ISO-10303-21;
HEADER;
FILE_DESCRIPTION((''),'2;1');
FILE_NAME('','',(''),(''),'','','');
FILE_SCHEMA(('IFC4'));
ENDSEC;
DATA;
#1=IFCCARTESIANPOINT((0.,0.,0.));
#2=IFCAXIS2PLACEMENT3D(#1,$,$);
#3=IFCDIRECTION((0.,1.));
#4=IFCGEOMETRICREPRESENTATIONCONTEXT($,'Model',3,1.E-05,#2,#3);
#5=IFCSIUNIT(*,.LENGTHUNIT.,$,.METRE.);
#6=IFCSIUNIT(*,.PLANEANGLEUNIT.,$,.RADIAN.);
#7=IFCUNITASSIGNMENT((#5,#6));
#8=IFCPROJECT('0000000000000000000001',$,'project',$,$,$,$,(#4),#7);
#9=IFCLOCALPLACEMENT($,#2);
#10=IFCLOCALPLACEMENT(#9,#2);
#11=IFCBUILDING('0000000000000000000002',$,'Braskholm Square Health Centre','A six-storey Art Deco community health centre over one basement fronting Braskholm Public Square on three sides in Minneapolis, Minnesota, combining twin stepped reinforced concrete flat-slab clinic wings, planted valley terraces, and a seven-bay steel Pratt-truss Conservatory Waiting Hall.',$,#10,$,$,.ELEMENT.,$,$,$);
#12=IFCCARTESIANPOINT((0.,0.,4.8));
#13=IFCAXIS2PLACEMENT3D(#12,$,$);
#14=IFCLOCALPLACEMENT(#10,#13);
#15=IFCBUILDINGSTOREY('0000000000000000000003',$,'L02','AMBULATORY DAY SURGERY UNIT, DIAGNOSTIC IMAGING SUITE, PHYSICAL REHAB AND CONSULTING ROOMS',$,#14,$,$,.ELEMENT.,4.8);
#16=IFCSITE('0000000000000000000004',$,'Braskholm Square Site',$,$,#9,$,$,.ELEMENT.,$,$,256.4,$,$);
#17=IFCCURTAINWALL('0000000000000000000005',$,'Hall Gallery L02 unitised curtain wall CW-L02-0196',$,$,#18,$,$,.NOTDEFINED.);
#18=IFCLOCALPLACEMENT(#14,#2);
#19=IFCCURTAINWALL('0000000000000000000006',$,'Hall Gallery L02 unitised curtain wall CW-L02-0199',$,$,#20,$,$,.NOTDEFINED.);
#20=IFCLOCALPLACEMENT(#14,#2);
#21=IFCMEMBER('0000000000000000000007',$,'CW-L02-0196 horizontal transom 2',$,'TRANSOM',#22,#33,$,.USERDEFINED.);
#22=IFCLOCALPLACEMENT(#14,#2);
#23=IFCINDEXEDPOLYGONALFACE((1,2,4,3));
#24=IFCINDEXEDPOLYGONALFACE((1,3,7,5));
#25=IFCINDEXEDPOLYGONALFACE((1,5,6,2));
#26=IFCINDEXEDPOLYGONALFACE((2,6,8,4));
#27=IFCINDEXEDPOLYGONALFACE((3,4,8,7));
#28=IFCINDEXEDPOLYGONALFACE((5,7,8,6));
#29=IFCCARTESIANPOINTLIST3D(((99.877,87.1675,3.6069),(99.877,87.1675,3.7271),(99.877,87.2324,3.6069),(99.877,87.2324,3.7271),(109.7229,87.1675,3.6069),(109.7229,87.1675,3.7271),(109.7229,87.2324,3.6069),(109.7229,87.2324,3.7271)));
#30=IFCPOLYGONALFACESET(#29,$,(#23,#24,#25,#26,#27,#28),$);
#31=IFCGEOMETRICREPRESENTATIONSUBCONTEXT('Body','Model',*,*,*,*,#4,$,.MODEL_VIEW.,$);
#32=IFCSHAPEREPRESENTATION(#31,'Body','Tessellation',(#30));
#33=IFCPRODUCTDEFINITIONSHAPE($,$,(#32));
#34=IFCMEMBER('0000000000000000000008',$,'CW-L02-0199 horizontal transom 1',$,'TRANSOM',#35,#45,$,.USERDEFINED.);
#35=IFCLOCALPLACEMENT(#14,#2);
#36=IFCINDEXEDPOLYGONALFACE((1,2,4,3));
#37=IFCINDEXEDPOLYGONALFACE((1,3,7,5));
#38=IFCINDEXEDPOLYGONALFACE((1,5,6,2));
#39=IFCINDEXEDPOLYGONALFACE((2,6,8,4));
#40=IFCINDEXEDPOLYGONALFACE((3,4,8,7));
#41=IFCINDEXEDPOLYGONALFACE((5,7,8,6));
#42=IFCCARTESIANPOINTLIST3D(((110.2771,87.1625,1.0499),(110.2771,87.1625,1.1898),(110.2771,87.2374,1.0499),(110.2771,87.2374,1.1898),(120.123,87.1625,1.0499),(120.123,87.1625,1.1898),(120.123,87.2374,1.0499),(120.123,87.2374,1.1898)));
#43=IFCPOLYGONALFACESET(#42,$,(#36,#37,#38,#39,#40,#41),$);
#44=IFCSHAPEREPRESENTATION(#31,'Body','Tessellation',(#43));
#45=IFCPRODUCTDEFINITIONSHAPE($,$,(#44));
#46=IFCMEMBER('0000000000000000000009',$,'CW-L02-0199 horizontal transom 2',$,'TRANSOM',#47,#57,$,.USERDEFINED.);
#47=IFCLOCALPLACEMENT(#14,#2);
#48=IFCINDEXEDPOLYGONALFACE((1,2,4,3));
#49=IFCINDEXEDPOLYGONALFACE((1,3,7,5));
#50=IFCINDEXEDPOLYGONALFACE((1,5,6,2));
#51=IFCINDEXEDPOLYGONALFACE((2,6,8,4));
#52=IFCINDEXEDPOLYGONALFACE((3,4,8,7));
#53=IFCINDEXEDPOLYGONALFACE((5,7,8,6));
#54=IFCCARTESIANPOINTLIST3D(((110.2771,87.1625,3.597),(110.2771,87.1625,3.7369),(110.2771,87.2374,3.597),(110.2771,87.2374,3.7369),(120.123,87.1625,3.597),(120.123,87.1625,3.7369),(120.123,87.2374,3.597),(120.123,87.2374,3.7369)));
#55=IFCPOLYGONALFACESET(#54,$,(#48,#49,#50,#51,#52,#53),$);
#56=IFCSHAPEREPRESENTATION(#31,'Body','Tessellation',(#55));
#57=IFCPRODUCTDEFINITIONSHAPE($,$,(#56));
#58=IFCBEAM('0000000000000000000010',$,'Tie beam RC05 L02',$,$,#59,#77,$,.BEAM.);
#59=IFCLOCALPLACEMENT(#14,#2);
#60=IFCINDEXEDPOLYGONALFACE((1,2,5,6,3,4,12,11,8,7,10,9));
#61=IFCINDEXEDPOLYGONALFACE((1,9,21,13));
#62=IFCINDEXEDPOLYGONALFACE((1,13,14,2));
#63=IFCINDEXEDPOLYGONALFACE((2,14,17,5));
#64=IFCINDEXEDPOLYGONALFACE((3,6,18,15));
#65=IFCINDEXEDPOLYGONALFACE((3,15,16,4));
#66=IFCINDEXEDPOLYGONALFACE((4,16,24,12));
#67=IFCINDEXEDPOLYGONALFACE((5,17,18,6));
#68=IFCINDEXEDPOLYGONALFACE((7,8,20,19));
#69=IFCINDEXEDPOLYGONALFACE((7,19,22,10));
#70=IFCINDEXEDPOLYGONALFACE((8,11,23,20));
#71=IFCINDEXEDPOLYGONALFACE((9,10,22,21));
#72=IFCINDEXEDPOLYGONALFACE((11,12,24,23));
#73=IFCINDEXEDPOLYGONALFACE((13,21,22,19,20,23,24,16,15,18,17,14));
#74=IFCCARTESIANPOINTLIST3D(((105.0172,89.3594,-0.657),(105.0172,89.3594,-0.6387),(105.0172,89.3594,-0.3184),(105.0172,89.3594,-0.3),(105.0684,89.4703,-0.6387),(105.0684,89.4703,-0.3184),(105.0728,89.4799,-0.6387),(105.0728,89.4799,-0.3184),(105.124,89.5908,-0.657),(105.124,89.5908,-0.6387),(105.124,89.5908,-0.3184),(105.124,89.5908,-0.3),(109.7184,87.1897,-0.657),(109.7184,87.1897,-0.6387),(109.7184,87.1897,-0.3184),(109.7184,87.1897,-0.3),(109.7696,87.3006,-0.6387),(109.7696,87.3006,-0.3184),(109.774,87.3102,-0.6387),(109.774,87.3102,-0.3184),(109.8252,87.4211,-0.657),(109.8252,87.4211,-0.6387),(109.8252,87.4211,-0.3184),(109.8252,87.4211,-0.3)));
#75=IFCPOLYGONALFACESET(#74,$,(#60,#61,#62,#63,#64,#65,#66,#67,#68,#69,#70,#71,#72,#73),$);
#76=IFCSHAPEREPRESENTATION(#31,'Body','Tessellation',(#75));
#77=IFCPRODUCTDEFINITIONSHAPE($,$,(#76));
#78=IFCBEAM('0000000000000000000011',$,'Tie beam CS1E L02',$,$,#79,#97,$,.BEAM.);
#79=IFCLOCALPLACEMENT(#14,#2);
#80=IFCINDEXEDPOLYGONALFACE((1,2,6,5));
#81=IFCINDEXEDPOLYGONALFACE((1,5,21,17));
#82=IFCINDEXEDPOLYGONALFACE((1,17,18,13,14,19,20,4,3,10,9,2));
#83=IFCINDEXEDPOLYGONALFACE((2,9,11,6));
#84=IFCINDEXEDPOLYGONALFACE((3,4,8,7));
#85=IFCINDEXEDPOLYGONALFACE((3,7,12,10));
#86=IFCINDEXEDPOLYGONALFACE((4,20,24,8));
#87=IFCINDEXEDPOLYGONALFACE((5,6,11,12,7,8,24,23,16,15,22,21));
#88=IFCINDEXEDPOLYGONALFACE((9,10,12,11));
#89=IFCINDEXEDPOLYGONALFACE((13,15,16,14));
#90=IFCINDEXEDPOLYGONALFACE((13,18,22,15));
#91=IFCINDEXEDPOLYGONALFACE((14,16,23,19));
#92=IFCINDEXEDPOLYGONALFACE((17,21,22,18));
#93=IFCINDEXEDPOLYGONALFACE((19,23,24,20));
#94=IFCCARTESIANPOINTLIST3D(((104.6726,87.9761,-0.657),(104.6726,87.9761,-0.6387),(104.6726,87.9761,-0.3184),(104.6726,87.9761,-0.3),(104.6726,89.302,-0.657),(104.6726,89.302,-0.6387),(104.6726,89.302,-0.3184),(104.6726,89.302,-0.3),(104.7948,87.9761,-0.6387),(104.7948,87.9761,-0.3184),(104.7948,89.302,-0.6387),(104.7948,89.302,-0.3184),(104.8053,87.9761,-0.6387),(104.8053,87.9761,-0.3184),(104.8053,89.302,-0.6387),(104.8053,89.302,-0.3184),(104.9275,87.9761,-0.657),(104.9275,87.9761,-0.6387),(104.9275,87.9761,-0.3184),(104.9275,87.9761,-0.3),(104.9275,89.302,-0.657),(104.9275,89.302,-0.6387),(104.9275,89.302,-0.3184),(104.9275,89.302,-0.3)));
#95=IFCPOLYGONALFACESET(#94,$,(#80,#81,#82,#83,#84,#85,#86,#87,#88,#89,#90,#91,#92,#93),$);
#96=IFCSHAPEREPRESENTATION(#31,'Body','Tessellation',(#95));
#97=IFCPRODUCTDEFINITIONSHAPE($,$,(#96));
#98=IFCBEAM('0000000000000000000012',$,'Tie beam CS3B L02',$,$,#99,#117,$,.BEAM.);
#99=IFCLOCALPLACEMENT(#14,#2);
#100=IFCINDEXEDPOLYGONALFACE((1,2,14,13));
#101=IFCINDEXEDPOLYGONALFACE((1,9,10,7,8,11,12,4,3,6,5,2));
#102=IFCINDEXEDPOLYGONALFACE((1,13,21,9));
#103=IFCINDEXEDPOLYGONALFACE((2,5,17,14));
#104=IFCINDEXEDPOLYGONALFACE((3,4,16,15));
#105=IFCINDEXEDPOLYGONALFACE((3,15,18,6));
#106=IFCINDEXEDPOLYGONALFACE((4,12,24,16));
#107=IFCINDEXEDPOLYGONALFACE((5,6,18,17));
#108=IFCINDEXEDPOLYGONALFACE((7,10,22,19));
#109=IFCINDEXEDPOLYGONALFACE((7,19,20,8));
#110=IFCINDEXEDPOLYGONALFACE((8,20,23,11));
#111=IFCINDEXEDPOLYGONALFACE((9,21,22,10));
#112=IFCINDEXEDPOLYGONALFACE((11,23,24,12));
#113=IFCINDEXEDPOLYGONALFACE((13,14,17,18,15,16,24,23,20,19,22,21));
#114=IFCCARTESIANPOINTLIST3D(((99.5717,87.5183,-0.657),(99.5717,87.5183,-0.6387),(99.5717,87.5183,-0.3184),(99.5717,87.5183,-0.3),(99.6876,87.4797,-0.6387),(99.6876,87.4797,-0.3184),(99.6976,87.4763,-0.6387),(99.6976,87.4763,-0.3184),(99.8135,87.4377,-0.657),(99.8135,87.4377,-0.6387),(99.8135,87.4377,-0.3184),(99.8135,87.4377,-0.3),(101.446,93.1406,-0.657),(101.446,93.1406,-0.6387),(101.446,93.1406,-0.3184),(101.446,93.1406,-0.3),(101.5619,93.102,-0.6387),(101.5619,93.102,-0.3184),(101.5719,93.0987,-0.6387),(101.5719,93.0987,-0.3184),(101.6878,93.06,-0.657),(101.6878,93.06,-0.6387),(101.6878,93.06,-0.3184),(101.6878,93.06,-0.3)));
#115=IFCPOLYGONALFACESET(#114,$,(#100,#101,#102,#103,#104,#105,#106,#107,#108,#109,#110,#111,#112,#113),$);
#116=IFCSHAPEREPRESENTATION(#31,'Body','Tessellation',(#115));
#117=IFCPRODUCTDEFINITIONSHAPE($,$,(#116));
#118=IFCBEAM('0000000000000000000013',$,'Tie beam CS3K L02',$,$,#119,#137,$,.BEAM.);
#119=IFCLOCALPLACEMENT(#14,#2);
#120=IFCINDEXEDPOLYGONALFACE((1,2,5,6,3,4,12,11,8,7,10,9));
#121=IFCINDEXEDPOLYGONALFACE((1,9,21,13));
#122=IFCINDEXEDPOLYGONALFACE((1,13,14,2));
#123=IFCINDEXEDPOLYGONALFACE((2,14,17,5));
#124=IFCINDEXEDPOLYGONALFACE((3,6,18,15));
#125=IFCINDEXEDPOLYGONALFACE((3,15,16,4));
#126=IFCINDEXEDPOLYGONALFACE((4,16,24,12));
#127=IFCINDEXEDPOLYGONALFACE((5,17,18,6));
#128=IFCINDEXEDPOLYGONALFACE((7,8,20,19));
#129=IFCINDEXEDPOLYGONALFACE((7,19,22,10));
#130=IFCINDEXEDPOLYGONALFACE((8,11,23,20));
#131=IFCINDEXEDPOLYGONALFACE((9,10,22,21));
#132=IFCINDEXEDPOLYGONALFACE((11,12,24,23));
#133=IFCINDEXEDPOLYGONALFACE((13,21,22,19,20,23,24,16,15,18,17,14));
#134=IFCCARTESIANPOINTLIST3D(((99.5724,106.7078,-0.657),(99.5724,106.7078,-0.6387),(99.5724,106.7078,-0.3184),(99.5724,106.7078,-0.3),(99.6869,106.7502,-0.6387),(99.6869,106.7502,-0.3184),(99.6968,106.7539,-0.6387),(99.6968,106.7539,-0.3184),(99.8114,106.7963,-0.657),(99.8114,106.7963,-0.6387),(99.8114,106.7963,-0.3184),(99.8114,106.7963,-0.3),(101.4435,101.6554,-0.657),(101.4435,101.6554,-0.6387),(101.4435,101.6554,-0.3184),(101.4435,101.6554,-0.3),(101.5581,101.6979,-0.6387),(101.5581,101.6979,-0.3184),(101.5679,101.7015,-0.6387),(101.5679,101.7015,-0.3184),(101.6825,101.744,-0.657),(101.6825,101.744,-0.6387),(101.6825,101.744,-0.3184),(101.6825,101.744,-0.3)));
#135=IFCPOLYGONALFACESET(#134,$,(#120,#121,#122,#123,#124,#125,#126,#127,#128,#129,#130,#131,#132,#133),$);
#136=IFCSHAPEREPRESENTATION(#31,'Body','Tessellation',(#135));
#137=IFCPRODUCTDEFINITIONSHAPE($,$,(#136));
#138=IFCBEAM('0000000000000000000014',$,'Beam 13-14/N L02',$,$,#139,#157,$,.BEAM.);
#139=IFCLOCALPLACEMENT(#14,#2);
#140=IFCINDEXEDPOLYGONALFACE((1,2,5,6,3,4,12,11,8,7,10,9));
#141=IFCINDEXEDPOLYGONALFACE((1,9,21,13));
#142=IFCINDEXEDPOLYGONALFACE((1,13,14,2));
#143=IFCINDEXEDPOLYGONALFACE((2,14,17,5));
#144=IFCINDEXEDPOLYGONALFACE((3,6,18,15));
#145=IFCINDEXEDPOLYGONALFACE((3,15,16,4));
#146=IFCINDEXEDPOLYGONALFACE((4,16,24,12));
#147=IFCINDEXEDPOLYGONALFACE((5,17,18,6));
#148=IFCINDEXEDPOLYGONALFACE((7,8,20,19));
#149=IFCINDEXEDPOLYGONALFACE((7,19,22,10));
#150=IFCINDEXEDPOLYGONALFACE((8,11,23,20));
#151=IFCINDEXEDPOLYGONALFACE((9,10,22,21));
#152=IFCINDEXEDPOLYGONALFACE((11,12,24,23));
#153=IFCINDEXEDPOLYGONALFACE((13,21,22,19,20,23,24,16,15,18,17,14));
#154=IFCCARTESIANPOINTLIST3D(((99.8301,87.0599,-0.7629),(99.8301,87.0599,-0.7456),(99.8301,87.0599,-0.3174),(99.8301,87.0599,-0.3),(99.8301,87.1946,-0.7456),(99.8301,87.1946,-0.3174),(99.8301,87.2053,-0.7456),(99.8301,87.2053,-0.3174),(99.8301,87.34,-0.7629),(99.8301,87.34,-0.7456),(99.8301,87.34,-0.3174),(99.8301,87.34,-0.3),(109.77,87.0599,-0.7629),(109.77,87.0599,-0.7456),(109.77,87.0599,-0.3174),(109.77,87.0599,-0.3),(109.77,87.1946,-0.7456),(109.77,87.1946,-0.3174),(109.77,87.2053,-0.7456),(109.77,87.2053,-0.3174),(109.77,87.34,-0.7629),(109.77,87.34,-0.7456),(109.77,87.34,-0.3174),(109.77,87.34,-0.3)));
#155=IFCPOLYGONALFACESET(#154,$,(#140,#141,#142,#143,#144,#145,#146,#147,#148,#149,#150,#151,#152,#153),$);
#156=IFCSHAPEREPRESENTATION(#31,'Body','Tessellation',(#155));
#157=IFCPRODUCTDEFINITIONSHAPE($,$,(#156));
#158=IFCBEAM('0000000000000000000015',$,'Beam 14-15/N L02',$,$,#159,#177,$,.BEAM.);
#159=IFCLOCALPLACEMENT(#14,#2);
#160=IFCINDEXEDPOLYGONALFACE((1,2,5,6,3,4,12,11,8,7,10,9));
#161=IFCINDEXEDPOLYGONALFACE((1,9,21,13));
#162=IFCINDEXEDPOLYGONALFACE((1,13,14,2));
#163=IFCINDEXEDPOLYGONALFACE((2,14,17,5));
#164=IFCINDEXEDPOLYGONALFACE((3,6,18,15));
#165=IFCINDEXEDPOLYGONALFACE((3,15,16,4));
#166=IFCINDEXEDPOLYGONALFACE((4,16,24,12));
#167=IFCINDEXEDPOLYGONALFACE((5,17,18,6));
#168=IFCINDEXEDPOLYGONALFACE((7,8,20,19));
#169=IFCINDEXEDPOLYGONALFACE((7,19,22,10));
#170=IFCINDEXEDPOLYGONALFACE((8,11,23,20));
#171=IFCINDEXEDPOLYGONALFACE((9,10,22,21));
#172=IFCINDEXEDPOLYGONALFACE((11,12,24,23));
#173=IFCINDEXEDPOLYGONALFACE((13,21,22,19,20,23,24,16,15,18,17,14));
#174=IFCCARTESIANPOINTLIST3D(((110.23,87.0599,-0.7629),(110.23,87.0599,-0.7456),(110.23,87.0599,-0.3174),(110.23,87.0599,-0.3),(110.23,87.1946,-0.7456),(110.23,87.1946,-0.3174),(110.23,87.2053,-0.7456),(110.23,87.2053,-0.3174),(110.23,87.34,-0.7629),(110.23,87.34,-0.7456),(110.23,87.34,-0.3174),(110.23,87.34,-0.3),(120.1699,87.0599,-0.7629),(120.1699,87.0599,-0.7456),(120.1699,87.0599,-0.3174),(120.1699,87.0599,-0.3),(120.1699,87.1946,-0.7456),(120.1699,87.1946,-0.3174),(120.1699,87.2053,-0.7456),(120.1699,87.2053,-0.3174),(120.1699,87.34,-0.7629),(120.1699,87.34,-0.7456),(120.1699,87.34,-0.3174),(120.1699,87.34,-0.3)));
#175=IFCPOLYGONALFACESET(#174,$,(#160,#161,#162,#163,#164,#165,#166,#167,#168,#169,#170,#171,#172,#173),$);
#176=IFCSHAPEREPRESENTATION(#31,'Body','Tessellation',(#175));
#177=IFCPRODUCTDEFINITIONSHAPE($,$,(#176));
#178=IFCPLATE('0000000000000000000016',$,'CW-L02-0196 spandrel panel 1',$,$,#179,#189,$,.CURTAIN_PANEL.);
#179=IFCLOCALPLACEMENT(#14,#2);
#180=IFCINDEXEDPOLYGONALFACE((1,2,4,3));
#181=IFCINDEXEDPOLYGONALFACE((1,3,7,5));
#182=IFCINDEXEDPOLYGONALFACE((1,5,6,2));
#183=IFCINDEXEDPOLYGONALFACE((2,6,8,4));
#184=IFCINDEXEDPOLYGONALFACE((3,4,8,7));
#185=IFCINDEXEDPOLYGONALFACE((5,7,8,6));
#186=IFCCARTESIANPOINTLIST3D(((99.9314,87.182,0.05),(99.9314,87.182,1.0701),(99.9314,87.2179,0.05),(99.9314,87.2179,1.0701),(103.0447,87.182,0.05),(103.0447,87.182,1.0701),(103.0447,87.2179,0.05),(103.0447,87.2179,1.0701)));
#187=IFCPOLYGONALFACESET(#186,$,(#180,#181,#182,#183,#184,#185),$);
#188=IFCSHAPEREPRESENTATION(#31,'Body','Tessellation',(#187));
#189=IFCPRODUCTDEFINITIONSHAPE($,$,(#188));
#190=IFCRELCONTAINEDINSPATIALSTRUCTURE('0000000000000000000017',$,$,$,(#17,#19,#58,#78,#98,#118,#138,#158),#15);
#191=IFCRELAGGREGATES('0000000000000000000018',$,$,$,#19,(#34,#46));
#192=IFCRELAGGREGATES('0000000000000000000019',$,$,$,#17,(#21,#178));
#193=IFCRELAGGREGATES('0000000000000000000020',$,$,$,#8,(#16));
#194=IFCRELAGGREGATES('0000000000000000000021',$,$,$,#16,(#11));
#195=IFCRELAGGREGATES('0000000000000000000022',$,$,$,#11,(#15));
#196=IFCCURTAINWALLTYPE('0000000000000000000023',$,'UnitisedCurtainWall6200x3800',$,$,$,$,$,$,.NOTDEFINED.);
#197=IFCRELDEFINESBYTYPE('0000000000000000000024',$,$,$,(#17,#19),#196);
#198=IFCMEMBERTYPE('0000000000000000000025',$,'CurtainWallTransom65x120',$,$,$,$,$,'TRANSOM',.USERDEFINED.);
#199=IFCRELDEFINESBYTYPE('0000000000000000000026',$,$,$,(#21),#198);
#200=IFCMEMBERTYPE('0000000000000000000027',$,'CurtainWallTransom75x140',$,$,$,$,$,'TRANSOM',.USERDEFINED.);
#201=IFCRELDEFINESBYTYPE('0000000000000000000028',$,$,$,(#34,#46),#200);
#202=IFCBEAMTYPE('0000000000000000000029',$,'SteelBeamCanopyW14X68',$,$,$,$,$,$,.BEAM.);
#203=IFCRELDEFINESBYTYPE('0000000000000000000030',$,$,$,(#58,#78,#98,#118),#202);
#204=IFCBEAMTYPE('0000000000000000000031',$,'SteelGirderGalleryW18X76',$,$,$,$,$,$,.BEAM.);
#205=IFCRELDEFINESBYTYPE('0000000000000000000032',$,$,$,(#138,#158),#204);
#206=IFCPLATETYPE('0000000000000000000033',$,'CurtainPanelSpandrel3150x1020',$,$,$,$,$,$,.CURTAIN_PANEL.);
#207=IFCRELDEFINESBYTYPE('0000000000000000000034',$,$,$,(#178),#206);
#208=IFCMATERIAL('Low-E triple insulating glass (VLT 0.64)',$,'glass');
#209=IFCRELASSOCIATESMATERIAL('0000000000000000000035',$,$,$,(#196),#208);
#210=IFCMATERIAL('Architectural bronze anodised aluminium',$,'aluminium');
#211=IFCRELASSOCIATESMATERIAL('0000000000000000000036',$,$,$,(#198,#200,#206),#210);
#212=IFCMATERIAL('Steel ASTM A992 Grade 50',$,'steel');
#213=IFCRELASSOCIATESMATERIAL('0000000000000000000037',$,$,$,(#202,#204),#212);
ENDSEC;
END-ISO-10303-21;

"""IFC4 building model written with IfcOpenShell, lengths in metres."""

from ifc_helpers import new_model, si_unit, direction, frame, origin, origin_2d, place, context, subcontext, project, spatial, rectangle, i_section, extrude, material, material_profile, profile_set, type_object, element, aggregate, save


model = new_model("IFC4")

# Units and contexts
model_context = context("Model", 3, precision=1e-05, world=origin(), true_north=direction((0.0, 1.0)))
body_context = subcontext(model_context, "Body", "Model", "MODEL_VIEW")
ifc_project = project(units=[si_unit("LENGTHUNIT", "METRE"), si_unit("PLANEANGLEUNIT", "RADIAN")], contexts=[model_context])

# Site, building, storey
site_placement = place(None, origin())
site = spatial("IfcSite", under=ifc_project, at=site_placement, Name="Braskholm Square Site", CompositionType="ELEMENT", RefElevation=256.4)
building_placement = place(site_placement, origin())
building = spatial("IfcBuilding", under=site, at=building_placement, Name="Braskholm Square Health Centre", Description="A six-storey Art Deco community health centre over one basement fronting Braskholm Public Square on three sides in Minneapolis, Minnesota, combining twin stepped reinforced concrete flat-slab clinic wings, planted valley terraces, and a seven-bay steel Pratt-truss Conservatory Waiting Hall.", CompositionType="ELEMENT")
storey_placement = place(building_placement, frame((0.0, 0.0, 4.8)))
storey = spatial("IfcBuildingStorey", under=building, at=storey_placement, Name="L02", Description="AMBULATORY DAY SURGERY UNIT, DIAGNOSTIC IMAGING SUITE, PHYSICAL REHAB AND CONSULTING ROOMS", CompositionType="ELEMENT", Elevation=4.8)

# Shared definitions
ifc_material_1 = material(Name="Steel ASTM A992 Grade 50", Category="steel")

# Curtain wall
ifc_material_2 = material(Name="Low-E triple insulating glass (VLT 0.64)", Category="glass")
curtain_wall_type = type_object("IfcCurtainWallType", Name="UnitisedCurtainWall6200x3800", PredefinedType="NOTDEFINED", material=ifc_material_2)
curtain_wall_1_placement = place(storey_placement, origin())
curtain_wall_1 = element("IfcCurtainWall", 1, at=curtain_wall_1_placement, inside=storey, type_object=curtain_wall_type, Name="Hall Gallery L02 unitised curtain wall CW-L02-0196", PredefinedType="NOTDEFINED")
ifc_material_3 = material(Name="Architectural bronze anodised aluminium", Category="aluminium")

# Curtain wall
curtain_wall_2_placement = place(storey_placement, origin())
curtain_wall_2 = element("IfcCurtainWall", 2, at=curtain_wall_2_placement, inside=storey, type_object=curtain_wall_type, Name="Hall Gallery L02 unitised curtain wall CW-L02-0199", PredefinedType="NOTDEFINED")

# Members
ifc_material_profile_1 = material_profile(ifc_material_3, rectangle(XDim=0.0649, YDim=0.1201, at=origin_2d()), Name="ALU-65X120")
ifc_profile_set_1 = profile_set([ifc_material_profile_1], Name="Architectural bronze anodised aluminium")
member_type_1 = type_object("IfcMemberType", Name="CurtainWallTransom65x120", ElementType="TRANSOM", PredefinedType="USERDEFINED", material=ifc_profile_set_1)
member_1_placement = place(storey_placement, frame((99.877, 87.2, 3.667), z_axis=(1.0, 0.0, 0.0), x_axis=(0.0, 1.0, 0.0)))
member_1 = element("IfcMember", 3, at=member_1_placement, type_object=member_type_1, Name="CW-L02-0196 horizontal transom 2", ObjectType="TRANSOM", PredefinedType="USERDEFINED", context=body_context, shape_type="SweptSolid", body=[
    extrude(rectangle(XDim=0.0649, YDim=0.1201, at=origin_2d()), origin(), (0.0, 0.0, 1.0), 9.8459),
])
ifc_material_profile_2 = material_profile(ifc_material_3, rectangle(XDim=0.075, YDim=0.1399, at=origin_2d()), Name="ALU-75X140")
ifc_profile_set_2 = profile_set([ifc_material_profile_2], Name="Architectural bronze anodised aluminium")
member_type_2 = type_object("IfcMemberType", Name="CurtainWallTransom75x140", ElementType="TRANSOM", PredefinedType="USERDEFINED", material=ifc_profile_set_2)
member_2_placement = place(storey_placement, frame((110.2771, 87.2, 1.1199), z_axis=(1.0, 0.0, 0.0), x_axis=(0.0, 1.0, 0.0)))
member_2 = element("IfcMember", 4, at=member_2_placement, type_object=member_type_2, Name="CW-L02-0199 horizontal transom 1", ObjectType="TRANSOM", PredefinedType="USERDEFINED", context=body_context, shape_type="SweptSolid", body=[
    extrude(rectangle(XDim=0.075, YDim=0.1399, at=origin_2d()), origin(), (0.0, 0.0, 1.0), 9.8459),
])
member_3_placement = place(storey_placement, frame((110.2771, 87.2, 3.667), z_axis=(1.0, 0.0, 0.0), x_axis=(0.0, 1.0, 0.0)))
member_3 = element("IfcMember", 5, at=member_3_placement, type_object=member_type_2, Name="CW-L02-0199 horizontal transom 2", ObjectType="TRANSOM", PredefinedType="USERDEFINED", context=body_context, shape_type="SweptSolid", body=[
    extrude(rectangle(XDim=0.075, YDim=0.1399, at=origin_2d()), origin(), (0.0, 0.0, 1.0), 9.8459),
])

# Beams
ifc_material_profile_3 = material_profile(ifc_material_1, i_section(OverallWidth=0.2549, OverallDepth=0.3569, WebThickness=0.0105, FlangeThickness=0.0183, at=origin_2d()), Name="W14X68")
ifc_profile_set_3 = profile_set([ifc_material_profile_3], Name="Steel ASTM A992 Grade 50")
beam_type_1 = type_object("IfcBeamType", Name="SteelBeamCanopyW14X68", PredefinedType="BEAM", material=ifc_profile_set_3)
beam_1_placement = place(storey_placement, frame((105.0706, 89.4751, -0.4785), z_axis=(0.907966, -0.419043, 0.0), x_axis=(0.419043, 0.907966, 0.0)))
element("IfcBeam", 6, at=beam_1_placement, inside=storey, type_object=beam_type_1, Name="Tie beam RC05 L02", PredefinedType="BEAM", context=body_context, shape_type="SweptSolid", body=[
    extrude(i_section(OverallWidth=0.2549, OverallDepth=0.3569, WebThickness=0.0105, FlangeThickness=0.0183, at=origin_2d()), origin(), (0.0, 0.0, 1.0), 5.1777),
])
beam_2_placement = place(storey_placement, frame((104.8, 87.9761, -0.4785), z_axis=(0.0, 1.0, 0.0), x_axis=(-1.0, 0.0, 0.0)))
element("IfcBeam", 7, at=beam_2_placement, inside=storey, type_object=beam_type_1, Name="Tie beam CS1E L02", PredefinedType="BEAM", context=body_context, shape_type="SweptSolid", body=[
    extrude(i_section(OverallWidth=0.2549, OverallDepth=0.3569, WebThickness=0.0105, FlangeThickness=0.0183, at=origin_2d()), origin(), (0.0, 0.0, 1.0), 1.3259),
])
beam_3_placement = place(storey_placement, frame((101.5669, 93.1003, -0.4785), z_axis=(-0.316252, -0.948675, 0.0), x_axis=(0.948675, -0.316252, 0.0)))
element("IfcBeam", 8, at=beam_3_placement, inside=storey, type_object=beam_type_1, Name="Tie beam CS3B L02", PredefinedType="BEAM", context=body_context, shape_type="SweptSolid", body=[
    extrude(i_section(OverallWidth=0.2549, OverallDepth=0.3569, WebThickness=0.0105, FlangeThickness=0.0183, at=origin_2d()), origin(), (0.0, 0.0, 1.0), 5.9265),
])
beam_4_placement = place(storey_placement, frame((101.563, 101.6997, -0.4785), z_axis=(-0.347297, 0.937755, 0.0), x_axis=(-0.937755, -0.347297, 0.0)))
element("IfcBeam", 9, at=beam_4_placement, inside=storey, type_object=beam_type_1, Name="Tie beam CS3K L02", PredefinedType="BEAM", context=body_context, shape_type="SweptSolid", body=[
    extrude(i_section(OverallWidth=0.2549, OverallDepth=0.3569, WebThickness=0.0105, FlangeThickness=0.0183, at=origin_2d()), origin(), (0.0, 0.0, 1.0), 5.3877),
])
ifc_material_profile_4 = material_profile(ifc_material_1, i_section(OverallWidth=0.28, OverallDepth=0.4629, WebThickness=0.0107, FlangeThickness=0.0173, at=origin_2d()), Name="W18X76")
ifc_profile_set_4 = profile_set([ifc_material_profile_4], Name="Steel ASTM A992 Grade 50")
beam_type_2 = type_object("IfcBeamType", Name="SteelGirderGalleryW18X76", PredefinedType="BEAM", material=ifc_profile_set_4)
for number, where, z_axis, x_axis, name in (
    (10, (99.8301, 87.2, -0.5315), (1.0, 0.0, 0.0), (0.0, 1.0, 0.0), "Beam 13-14/N L02"),
    (11, (110.23, 87.2, -0.5315), (1.0, 0.0, 0.0), (0.0, 1.0, 0.0), "Beam 14-15/N L02"),
):
    element("IfcBeam", number, at=place(storey_placement, frame(where, z_axis=z_axis, x_axis=x_axis)), inside=storey, type_object=beam_type_2, Name=name, PredefinedType="BEAM", context=body_context, shape_type="SweptSolid", body=[
        extrude(i_section(OverallWidth=0.28, OverallDepth=0.4629, WebThickness=0.0107, FlangeThickness=0.0173, at=origin_2d()), origin(), (0.0, 0.0, 1.0), 9.9399),
    ])

# Plate
plate_type_1 = type_object("IfcPlateType", Name="CurtainPanelSpandrel3150x1020", PredefinedType="CURTAIN_PANEL", material=ifc_material_3)
plate_1_placement = place(storey_placement, frame((101.488, 87.2, 0.05), z_axis=(0.0, 0.0, 1.0), x_axis=(1.0, 0.0, 0.0)))
plate_1 = element("IfcPlate", 12, at=plate_1_placement, type_object=plate_type_1, Name="CW-L02-0196 spandrel panel 1", PredefinedType="CURTAIN_PANEL", context=body_context, shape_type="SweptSolid", body=[
    extrude(rectangle(XDim=3.1133, YDim=0.0359, at=origin_2d()), origin(), (0.0, 0.0, 1.0), 1.02),
])
aggregate(curtain_wall_2, [member_2, member_3])
aggregate(curtain_wall_1, [member_1, plate_1])

save(model, "model.ifc")
